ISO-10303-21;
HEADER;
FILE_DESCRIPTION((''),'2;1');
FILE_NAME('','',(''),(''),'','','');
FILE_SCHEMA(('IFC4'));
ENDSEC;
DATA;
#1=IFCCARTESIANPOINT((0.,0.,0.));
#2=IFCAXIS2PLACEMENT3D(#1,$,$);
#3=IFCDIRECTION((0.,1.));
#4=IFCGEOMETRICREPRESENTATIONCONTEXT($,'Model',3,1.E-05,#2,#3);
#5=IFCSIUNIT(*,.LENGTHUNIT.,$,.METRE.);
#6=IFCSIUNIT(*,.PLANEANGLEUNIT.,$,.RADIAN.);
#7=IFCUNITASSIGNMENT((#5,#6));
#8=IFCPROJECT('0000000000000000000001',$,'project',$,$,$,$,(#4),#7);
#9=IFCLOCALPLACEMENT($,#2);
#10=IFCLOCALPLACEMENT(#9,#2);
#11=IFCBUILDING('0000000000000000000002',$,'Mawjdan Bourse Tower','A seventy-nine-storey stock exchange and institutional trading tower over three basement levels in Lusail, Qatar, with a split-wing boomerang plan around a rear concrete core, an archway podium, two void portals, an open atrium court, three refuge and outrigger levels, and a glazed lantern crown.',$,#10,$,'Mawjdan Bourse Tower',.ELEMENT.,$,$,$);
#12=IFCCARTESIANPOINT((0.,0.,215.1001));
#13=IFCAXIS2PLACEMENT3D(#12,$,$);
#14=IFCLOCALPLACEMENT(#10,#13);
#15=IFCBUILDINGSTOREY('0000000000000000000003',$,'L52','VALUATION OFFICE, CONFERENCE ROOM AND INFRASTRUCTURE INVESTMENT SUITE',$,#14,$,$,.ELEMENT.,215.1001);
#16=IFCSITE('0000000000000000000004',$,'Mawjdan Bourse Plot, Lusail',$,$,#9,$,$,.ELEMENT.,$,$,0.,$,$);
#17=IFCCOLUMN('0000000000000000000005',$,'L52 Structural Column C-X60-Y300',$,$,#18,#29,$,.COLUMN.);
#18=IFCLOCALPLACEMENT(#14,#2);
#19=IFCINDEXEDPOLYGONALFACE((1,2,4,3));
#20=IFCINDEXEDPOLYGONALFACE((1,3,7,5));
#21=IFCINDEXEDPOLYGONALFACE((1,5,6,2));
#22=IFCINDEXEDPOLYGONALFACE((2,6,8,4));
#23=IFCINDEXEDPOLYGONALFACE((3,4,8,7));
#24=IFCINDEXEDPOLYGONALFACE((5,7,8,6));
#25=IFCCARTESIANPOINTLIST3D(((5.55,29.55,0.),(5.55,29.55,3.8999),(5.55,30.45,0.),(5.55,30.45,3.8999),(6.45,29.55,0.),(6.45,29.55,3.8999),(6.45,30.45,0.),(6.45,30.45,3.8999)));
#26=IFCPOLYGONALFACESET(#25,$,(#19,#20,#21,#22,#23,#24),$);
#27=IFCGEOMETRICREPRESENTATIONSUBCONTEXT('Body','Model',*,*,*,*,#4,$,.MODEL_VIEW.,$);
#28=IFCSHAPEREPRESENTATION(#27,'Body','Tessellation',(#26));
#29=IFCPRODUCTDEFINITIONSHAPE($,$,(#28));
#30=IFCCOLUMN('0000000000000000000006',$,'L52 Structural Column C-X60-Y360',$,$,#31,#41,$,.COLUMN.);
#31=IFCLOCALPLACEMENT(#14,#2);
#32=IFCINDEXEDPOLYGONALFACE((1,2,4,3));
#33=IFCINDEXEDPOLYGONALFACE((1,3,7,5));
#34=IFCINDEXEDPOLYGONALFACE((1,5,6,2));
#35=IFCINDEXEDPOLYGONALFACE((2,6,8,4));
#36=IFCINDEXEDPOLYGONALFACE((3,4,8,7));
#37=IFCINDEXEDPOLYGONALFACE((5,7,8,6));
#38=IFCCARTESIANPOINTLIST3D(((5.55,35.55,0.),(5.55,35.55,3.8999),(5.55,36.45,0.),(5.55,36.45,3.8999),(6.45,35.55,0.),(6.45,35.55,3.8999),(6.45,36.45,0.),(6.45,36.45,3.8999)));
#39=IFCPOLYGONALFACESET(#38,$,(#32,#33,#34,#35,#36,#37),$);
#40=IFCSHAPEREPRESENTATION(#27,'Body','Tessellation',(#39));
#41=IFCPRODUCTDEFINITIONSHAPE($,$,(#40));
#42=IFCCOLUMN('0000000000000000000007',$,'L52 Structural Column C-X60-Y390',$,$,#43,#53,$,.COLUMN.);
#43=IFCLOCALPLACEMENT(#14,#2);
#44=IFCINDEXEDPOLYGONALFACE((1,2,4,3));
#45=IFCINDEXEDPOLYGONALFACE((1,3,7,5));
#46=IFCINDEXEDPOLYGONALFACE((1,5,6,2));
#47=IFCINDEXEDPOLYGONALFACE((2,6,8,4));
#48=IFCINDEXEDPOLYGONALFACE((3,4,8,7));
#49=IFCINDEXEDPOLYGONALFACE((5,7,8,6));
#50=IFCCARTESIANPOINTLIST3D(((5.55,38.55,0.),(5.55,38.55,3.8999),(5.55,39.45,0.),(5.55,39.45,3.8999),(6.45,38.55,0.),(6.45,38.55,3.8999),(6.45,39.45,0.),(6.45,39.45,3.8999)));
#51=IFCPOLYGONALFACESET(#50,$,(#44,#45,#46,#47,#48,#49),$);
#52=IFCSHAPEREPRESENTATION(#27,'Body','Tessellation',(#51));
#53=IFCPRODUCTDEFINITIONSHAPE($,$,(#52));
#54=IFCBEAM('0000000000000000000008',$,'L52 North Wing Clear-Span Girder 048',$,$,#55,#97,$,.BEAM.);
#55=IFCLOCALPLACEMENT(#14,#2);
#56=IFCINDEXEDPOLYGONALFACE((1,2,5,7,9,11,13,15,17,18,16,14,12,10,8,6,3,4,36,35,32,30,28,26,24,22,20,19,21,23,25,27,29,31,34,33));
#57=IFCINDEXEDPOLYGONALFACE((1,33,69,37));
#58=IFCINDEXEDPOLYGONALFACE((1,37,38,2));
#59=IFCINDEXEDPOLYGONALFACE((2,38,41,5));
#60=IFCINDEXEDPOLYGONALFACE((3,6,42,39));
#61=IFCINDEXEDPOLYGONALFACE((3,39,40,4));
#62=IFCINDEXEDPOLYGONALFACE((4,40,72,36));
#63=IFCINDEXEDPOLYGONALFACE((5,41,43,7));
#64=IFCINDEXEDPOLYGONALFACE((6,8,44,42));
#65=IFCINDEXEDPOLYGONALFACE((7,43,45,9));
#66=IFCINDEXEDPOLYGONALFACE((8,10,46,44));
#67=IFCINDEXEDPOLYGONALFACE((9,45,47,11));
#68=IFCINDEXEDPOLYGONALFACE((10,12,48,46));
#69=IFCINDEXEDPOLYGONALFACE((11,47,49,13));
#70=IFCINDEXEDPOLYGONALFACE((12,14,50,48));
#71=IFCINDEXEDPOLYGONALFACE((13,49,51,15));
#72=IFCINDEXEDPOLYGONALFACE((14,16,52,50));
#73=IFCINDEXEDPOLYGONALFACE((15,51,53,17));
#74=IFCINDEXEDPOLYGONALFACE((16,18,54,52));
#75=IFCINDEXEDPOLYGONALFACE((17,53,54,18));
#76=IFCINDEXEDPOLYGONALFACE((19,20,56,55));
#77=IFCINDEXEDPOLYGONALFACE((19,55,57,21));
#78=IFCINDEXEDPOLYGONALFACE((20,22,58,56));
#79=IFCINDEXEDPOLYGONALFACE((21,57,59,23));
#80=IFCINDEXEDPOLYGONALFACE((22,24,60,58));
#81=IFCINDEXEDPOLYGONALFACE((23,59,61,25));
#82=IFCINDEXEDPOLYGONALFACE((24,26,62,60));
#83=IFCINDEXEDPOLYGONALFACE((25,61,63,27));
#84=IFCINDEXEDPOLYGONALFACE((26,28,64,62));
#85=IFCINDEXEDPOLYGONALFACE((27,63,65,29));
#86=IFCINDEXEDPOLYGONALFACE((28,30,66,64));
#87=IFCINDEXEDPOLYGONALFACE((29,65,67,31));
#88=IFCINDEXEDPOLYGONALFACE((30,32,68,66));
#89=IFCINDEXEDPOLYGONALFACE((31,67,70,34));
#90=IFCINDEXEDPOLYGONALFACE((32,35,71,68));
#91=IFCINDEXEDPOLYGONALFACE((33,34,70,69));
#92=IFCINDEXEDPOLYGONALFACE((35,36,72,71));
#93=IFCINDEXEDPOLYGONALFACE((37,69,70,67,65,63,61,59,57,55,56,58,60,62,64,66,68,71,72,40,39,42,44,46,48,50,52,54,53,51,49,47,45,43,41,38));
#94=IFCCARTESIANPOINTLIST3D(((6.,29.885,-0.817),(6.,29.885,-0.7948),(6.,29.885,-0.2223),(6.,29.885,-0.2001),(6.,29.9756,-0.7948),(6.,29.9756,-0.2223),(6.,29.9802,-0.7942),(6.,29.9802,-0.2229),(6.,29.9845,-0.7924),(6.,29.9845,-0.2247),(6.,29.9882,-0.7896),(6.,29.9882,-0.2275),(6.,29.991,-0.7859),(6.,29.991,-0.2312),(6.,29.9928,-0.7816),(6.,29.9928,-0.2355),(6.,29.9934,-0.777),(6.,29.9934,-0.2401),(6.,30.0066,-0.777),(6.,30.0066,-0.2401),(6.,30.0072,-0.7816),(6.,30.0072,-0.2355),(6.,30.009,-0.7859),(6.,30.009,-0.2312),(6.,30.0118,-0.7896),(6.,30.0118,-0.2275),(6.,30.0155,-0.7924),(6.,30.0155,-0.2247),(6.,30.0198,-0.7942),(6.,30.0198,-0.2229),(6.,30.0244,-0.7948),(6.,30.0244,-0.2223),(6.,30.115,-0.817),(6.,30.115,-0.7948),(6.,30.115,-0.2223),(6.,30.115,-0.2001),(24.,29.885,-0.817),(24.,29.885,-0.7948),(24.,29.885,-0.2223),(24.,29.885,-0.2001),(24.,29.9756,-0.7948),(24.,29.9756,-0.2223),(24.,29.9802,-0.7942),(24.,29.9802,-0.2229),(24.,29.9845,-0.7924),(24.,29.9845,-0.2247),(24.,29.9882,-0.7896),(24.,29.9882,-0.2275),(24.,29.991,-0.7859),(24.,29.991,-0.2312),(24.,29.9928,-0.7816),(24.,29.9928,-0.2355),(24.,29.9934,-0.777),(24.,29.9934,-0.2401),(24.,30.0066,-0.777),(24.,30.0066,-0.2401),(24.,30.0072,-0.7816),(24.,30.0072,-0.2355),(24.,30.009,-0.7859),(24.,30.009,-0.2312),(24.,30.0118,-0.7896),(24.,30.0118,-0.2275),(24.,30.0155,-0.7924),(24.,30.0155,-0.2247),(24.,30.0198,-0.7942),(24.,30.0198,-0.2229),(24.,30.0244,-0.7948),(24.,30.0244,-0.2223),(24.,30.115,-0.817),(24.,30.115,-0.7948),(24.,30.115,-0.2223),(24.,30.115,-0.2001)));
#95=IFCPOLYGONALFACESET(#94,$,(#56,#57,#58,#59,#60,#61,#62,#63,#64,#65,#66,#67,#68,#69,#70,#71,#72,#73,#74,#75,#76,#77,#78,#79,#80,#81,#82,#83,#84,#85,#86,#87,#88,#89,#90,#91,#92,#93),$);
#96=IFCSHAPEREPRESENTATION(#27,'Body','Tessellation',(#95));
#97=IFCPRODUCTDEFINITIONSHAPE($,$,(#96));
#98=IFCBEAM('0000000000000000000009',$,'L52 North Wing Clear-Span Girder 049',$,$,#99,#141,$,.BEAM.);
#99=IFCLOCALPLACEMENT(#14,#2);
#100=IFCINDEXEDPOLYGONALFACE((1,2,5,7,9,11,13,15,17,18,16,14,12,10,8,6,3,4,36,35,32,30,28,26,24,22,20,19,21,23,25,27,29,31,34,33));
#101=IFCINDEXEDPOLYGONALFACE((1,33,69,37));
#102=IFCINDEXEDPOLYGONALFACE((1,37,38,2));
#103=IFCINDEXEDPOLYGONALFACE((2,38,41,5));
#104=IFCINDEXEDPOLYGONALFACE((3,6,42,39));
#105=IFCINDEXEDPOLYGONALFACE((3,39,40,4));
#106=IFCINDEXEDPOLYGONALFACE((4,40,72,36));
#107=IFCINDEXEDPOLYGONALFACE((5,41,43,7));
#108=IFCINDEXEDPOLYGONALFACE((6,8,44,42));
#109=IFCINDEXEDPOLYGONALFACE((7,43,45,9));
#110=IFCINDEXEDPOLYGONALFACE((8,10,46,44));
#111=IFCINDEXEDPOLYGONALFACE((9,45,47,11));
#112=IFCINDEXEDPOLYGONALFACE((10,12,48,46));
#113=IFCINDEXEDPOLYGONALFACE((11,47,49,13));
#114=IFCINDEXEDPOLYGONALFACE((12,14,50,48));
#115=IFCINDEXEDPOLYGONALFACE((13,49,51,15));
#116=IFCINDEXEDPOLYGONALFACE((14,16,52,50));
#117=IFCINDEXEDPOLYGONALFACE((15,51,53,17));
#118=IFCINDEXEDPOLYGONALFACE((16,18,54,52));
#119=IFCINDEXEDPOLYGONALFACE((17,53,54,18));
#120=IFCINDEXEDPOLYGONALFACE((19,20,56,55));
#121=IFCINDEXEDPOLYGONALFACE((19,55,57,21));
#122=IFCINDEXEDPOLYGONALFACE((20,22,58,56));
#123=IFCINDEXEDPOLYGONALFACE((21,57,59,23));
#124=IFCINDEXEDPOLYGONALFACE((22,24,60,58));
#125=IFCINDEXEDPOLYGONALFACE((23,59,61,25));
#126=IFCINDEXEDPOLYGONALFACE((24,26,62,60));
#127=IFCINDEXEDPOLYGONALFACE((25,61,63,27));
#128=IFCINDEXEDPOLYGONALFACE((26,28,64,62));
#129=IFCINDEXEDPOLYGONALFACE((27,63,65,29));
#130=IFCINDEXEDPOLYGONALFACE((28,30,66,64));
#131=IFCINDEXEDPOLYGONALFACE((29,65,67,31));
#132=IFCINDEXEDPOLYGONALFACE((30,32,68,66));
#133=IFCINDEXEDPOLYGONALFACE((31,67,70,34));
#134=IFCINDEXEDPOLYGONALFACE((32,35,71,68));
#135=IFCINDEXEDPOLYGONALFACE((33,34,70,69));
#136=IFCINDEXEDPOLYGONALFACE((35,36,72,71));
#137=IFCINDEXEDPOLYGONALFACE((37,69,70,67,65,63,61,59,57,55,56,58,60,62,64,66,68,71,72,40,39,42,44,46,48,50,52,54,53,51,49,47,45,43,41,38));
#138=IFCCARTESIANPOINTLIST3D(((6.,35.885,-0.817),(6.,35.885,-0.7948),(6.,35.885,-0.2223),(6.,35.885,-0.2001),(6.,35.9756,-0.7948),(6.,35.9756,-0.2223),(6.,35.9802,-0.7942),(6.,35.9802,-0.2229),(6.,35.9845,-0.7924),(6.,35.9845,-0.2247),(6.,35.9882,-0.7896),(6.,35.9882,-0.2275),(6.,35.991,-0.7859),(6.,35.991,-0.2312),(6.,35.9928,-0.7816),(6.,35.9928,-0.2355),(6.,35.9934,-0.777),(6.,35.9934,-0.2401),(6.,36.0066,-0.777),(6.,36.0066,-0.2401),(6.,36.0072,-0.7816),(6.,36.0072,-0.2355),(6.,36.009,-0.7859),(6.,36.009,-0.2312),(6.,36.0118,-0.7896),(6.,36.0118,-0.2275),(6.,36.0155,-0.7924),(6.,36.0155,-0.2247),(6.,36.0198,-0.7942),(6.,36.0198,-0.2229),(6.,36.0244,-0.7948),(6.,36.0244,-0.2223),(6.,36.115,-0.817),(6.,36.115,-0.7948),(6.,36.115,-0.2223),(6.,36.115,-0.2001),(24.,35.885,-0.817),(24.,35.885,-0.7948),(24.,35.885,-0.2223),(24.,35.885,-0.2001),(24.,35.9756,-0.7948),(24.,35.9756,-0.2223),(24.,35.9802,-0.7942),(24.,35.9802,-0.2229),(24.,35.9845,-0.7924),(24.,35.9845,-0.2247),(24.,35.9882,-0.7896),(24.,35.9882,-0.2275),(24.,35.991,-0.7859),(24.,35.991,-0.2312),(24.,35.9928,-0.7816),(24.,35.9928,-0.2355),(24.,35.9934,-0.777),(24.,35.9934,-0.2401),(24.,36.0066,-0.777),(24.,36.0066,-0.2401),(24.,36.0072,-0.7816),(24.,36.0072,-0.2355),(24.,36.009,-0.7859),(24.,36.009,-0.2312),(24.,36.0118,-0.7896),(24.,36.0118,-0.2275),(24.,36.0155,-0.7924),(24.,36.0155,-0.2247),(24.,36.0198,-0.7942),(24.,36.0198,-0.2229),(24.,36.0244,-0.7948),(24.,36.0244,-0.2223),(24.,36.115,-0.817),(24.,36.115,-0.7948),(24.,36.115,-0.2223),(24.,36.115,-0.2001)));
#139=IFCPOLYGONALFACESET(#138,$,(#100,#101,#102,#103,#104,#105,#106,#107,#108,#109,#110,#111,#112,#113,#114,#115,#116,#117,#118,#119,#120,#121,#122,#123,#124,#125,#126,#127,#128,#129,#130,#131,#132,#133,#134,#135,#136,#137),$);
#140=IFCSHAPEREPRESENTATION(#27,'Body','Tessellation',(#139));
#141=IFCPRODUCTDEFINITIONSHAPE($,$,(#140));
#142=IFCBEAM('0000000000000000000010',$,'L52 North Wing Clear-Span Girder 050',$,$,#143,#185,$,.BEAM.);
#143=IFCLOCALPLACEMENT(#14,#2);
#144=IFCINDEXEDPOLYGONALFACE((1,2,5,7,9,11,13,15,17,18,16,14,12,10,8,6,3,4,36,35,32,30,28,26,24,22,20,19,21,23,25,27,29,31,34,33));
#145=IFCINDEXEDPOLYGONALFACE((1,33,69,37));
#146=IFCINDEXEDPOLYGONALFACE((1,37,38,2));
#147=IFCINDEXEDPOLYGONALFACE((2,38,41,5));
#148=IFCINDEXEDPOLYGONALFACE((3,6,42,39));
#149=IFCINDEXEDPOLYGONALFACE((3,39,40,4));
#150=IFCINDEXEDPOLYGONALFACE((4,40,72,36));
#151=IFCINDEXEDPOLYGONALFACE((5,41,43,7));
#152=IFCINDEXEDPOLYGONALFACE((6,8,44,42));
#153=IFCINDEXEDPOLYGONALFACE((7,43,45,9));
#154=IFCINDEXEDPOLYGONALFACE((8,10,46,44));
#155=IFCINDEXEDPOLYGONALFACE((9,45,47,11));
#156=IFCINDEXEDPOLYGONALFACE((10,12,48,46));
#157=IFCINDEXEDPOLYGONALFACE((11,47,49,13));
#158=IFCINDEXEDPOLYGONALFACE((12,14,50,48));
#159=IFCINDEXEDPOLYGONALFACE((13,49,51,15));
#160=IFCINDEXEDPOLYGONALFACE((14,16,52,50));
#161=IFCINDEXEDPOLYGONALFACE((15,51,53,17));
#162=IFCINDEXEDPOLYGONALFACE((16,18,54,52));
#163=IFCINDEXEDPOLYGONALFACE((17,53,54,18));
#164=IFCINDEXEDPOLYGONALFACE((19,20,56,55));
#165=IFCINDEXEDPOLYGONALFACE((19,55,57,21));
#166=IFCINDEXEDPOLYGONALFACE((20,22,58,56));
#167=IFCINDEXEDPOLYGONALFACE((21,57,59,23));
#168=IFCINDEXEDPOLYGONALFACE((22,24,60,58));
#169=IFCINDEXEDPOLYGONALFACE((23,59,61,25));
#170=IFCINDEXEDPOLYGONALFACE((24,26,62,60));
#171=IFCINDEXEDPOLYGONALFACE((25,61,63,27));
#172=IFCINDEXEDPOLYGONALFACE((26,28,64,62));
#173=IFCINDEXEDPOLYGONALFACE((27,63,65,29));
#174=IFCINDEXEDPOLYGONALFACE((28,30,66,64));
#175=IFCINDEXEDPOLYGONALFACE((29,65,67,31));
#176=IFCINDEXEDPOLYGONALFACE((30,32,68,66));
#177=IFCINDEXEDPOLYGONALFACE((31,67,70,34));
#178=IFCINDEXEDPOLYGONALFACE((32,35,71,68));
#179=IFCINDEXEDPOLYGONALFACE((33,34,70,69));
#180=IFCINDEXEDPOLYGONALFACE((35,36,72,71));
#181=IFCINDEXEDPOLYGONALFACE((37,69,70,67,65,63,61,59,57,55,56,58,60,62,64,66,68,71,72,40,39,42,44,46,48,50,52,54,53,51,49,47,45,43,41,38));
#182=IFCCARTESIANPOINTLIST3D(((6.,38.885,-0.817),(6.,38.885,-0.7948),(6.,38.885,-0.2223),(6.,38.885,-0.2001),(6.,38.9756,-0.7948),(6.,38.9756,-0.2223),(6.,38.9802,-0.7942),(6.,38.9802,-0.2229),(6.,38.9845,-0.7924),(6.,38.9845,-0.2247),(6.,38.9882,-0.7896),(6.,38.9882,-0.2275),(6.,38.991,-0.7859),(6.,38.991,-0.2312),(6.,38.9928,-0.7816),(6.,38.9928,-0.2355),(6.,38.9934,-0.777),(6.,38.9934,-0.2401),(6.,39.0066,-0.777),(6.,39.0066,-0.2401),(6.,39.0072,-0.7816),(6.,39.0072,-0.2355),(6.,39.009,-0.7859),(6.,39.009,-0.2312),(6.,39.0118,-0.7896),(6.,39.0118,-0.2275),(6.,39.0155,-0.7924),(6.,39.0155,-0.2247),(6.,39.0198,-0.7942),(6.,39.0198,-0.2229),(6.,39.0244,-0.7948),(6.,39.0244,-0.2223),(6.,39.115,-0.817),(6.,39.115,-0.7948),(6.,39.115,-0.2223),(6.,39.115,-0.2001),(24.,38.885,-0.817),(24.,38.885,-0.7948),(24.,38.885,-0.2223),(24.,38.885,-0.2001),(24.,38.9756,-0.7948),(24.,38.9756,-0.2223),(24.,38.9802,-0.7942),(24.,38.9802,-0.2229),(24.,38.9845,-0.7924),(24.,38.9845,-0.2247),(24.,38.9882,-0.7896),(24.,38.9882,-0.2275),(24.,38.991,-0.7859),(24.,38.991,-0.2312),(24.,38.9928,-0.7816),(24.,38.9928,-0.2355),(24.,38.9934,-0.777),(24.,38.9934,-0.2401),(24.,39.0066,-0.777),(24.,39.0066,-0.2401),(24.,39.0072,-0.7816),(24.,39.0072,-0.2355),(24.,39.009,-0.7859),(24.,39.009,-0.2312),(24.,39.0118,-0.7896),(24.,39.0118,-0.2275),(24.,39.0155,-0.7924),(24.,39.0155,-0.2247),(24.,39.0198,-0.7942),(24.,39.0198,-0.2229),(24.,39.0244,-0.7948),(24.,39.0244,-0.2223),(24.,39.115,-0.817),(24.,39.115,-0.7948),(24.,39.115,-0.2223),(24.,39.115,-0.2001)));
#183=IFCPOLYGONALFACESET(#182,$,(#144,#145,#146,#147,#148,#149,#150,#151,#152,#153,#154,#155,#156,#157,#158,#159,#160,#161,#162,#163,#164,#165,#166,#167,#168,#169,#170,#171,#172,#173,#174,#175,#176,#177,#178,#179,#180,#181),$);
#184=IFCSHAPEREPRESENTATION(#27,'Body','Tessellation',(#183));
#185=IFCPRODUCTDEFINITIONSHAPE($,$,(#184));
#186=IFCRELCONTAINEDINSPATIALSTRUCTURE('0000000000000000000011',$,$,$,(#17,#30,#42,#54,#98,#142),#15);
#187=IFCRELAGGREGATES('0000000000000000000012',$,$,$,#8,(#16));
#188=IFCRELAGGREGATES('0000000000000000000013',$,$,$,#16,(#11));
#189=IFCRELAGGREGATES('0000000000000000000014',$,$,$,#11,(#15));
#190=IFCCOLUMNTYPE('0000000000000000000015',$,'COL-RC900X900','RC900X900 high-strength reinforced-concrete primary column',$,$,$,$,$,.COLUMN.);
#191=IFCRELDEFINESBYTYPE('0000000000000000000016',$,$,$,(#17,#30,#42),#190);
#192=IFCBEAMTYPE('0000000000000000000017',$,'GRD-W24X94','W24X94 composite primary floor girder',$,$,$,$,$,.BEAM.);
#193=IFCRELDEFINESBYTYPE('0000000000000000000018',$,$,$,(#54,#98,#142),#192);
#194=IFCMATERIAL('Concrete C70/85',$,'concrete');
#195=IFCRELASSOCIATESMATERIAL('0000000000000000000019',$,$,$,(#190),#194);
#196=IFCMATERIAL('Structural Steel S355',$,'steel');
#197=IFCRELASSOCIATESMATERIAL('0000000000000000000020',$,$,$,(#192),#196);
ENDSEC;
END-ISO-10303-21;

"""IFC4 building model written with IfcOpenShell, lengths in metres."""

from ifc_helpers import new_model, si_unit, direction, frame, origin, origin_2d, place, context, subcontext, project, spatial, rectangle, i_section, extrude, material, material_profile, profile_set, type_object, element, save


model = new_model("IFC4")

# Units and contexts
model_context = context("Model", 3, precision=1e-05, world=origin(), true_north=direction((0.0, 1.0)))
body_context = subcontext(model_context, "Body", "Model", "MODEL_VIEW")
ifc_project = project(units=[si_unit("LENGTHUNIT", "METRE"), si_unit("PLANEANGLEUNIT", "RADIAN")], contexts=[model_context])

# Site, building, storey
site_placement = place(None, origin())
site = spatial("IfcSite", under=ifc_project, at=site_placement, Name="Mawjdan Bourse Plot, Lusail", CompositionType="ELEMENT", RefElevation=0.0)
building_placement = place(site_placement, origin())
building = spatial("IfcBuilding", under=site, at=building_placement, Name="Mawjdan Bourse Tower", Description="A seventy-nine-storey stock exchange and institutional trading tower over three basement levels in Lusail, Qatar, with a split-wing boomerang plan around a rear concrete core, an archway podium, two void portals, an open atrium court, three refuge and outrigger levels, and a glazed lantern crown.", LongName="Mawjdan Bourse Tower", CompositionType="ELEMENT")
storey_placement = place(building_placement, frame((0.0, 0.0, 215.1001)))
storey = spatial("IfcBuildingStorey", under=building, at=storey_placement, Name="L52", Description="VALUATION OFFICE, CONFERENCE ROOM AND INFRASTRUCTURE INVESTMENT SUITE", CompositionType="ELEMENT", Elevation=215.1001)

# Columns
ifc_material_1 = material(Name="Concrete C70/85", Category="concrete")
ifc_material_profile_1 = material_profile(ifc_material_1, rectangle(XDim=0.8999, YDim=0.8999, at=origin_2d()), Name="RC900X900")
ifc_profile_set_1 = profile_set([ifc_material_profile_1], Name="Concrete C70/85")
column_type = type_object("IfcColumnType", Name="COL-RC900X900", Description="RC900X900 high-strength reinforced-concrete primary column", PredefinedType="COLUMN", material=ifc_profile_set_1)
for number, where, z_axis, x_axis, name in (
    (1, (6.0, 30.0, 0.0), (0.0, 0.0, 1.0), (1.0, 0.0, 0.0), "L52 Structural Column C-X60-Y300"),
    (2, (6.0, 36.0, 0.0), (0.0, 0.0, 1.0), (1.0, 0.0, 0.0), "L52 Structural Column C-X60-Y360"),
    (3, (6.0, 39.0, 0.0), (0.0, 0.0, 1.0), (1.0, 0.0, 0.0), "L52 Structural Column C-X60-Y390"),
):
    element("IfcColumn", number, at=place(storey_placement, frame(where, z_axis=z_axis, x_axis=x_axis)), inside=storey, type_object=column_type, Name=name, PredefinedType="COLUMN", context=body_context, shape_type="SweptSolid", body=[
        extrude(rectangle(XDim=0.8999, YDim=0.8999, at=origin_2d()), origin(), (0.0, 0.0, 1.0), 3.8999),
    ])

# Beams
ifc_material_2 = material(Name="Structural Steel S355", Category="steel")
ifc_material_profile_2 = material_profile(ifc_material_2, i_section(OverallWidth=0.23, OverallDepth=0.6169, WebThickness=0.0132, FlangeThickness=0.0222, FilletRadius=0.0178, at=origin_2d()), Name="W24X94")
ifc_profile_set_2 = profile_set([ifc_material_profile_2], Name="Structural Steel S355")
beam_type_1 = type_object("IfcBeamType", Name="GRD-W24X94", Description="W24X94 composite primary floor girder", PredefinedType="BEAM", material=ifc_profile_set_2)
for number, where, z_axis, x_axis, name in (
    (4, (6.0, 30.0, -0.5085), (1.0, 0.0, 0.0), (0.0, 1.0, 0.0), "L52 North Wing Clear-Span Girder 048"),
    (5, (6.0, 36.0, -0.5085), (1.0, 0.0, 0.0), (0.0, 1.0, 0.0), "L52 North Wing Clear-Span Girder 049"),
    (6, (6.0, 39.0, -0.5085), (1.0, 0.0, 0.0), (0.0, 1.0, 0.0), "L52 North Wing Clear-Span Girder 050"),
):
    element("IfcBeam", number, at=place(storey_placement, frame(where, z_axis=z_axis, x_axis=x_axis)), inside=storey, type_object=beam_type_1, Name=name, PredefinedType="BEAM", context=body_context, shape_type="SweptSolid", body=[
        extrude(i_section(OverallWidth=0.23, OverallDepth=0.6169, WebThickness=0.0132, FlangeThickness=0.0222, FilletRadius=0.0178, at=origin_2d()), origin(), (0.0, 0.0, 1.0), 18.0),
    ])

save(model, "model.ifc")
